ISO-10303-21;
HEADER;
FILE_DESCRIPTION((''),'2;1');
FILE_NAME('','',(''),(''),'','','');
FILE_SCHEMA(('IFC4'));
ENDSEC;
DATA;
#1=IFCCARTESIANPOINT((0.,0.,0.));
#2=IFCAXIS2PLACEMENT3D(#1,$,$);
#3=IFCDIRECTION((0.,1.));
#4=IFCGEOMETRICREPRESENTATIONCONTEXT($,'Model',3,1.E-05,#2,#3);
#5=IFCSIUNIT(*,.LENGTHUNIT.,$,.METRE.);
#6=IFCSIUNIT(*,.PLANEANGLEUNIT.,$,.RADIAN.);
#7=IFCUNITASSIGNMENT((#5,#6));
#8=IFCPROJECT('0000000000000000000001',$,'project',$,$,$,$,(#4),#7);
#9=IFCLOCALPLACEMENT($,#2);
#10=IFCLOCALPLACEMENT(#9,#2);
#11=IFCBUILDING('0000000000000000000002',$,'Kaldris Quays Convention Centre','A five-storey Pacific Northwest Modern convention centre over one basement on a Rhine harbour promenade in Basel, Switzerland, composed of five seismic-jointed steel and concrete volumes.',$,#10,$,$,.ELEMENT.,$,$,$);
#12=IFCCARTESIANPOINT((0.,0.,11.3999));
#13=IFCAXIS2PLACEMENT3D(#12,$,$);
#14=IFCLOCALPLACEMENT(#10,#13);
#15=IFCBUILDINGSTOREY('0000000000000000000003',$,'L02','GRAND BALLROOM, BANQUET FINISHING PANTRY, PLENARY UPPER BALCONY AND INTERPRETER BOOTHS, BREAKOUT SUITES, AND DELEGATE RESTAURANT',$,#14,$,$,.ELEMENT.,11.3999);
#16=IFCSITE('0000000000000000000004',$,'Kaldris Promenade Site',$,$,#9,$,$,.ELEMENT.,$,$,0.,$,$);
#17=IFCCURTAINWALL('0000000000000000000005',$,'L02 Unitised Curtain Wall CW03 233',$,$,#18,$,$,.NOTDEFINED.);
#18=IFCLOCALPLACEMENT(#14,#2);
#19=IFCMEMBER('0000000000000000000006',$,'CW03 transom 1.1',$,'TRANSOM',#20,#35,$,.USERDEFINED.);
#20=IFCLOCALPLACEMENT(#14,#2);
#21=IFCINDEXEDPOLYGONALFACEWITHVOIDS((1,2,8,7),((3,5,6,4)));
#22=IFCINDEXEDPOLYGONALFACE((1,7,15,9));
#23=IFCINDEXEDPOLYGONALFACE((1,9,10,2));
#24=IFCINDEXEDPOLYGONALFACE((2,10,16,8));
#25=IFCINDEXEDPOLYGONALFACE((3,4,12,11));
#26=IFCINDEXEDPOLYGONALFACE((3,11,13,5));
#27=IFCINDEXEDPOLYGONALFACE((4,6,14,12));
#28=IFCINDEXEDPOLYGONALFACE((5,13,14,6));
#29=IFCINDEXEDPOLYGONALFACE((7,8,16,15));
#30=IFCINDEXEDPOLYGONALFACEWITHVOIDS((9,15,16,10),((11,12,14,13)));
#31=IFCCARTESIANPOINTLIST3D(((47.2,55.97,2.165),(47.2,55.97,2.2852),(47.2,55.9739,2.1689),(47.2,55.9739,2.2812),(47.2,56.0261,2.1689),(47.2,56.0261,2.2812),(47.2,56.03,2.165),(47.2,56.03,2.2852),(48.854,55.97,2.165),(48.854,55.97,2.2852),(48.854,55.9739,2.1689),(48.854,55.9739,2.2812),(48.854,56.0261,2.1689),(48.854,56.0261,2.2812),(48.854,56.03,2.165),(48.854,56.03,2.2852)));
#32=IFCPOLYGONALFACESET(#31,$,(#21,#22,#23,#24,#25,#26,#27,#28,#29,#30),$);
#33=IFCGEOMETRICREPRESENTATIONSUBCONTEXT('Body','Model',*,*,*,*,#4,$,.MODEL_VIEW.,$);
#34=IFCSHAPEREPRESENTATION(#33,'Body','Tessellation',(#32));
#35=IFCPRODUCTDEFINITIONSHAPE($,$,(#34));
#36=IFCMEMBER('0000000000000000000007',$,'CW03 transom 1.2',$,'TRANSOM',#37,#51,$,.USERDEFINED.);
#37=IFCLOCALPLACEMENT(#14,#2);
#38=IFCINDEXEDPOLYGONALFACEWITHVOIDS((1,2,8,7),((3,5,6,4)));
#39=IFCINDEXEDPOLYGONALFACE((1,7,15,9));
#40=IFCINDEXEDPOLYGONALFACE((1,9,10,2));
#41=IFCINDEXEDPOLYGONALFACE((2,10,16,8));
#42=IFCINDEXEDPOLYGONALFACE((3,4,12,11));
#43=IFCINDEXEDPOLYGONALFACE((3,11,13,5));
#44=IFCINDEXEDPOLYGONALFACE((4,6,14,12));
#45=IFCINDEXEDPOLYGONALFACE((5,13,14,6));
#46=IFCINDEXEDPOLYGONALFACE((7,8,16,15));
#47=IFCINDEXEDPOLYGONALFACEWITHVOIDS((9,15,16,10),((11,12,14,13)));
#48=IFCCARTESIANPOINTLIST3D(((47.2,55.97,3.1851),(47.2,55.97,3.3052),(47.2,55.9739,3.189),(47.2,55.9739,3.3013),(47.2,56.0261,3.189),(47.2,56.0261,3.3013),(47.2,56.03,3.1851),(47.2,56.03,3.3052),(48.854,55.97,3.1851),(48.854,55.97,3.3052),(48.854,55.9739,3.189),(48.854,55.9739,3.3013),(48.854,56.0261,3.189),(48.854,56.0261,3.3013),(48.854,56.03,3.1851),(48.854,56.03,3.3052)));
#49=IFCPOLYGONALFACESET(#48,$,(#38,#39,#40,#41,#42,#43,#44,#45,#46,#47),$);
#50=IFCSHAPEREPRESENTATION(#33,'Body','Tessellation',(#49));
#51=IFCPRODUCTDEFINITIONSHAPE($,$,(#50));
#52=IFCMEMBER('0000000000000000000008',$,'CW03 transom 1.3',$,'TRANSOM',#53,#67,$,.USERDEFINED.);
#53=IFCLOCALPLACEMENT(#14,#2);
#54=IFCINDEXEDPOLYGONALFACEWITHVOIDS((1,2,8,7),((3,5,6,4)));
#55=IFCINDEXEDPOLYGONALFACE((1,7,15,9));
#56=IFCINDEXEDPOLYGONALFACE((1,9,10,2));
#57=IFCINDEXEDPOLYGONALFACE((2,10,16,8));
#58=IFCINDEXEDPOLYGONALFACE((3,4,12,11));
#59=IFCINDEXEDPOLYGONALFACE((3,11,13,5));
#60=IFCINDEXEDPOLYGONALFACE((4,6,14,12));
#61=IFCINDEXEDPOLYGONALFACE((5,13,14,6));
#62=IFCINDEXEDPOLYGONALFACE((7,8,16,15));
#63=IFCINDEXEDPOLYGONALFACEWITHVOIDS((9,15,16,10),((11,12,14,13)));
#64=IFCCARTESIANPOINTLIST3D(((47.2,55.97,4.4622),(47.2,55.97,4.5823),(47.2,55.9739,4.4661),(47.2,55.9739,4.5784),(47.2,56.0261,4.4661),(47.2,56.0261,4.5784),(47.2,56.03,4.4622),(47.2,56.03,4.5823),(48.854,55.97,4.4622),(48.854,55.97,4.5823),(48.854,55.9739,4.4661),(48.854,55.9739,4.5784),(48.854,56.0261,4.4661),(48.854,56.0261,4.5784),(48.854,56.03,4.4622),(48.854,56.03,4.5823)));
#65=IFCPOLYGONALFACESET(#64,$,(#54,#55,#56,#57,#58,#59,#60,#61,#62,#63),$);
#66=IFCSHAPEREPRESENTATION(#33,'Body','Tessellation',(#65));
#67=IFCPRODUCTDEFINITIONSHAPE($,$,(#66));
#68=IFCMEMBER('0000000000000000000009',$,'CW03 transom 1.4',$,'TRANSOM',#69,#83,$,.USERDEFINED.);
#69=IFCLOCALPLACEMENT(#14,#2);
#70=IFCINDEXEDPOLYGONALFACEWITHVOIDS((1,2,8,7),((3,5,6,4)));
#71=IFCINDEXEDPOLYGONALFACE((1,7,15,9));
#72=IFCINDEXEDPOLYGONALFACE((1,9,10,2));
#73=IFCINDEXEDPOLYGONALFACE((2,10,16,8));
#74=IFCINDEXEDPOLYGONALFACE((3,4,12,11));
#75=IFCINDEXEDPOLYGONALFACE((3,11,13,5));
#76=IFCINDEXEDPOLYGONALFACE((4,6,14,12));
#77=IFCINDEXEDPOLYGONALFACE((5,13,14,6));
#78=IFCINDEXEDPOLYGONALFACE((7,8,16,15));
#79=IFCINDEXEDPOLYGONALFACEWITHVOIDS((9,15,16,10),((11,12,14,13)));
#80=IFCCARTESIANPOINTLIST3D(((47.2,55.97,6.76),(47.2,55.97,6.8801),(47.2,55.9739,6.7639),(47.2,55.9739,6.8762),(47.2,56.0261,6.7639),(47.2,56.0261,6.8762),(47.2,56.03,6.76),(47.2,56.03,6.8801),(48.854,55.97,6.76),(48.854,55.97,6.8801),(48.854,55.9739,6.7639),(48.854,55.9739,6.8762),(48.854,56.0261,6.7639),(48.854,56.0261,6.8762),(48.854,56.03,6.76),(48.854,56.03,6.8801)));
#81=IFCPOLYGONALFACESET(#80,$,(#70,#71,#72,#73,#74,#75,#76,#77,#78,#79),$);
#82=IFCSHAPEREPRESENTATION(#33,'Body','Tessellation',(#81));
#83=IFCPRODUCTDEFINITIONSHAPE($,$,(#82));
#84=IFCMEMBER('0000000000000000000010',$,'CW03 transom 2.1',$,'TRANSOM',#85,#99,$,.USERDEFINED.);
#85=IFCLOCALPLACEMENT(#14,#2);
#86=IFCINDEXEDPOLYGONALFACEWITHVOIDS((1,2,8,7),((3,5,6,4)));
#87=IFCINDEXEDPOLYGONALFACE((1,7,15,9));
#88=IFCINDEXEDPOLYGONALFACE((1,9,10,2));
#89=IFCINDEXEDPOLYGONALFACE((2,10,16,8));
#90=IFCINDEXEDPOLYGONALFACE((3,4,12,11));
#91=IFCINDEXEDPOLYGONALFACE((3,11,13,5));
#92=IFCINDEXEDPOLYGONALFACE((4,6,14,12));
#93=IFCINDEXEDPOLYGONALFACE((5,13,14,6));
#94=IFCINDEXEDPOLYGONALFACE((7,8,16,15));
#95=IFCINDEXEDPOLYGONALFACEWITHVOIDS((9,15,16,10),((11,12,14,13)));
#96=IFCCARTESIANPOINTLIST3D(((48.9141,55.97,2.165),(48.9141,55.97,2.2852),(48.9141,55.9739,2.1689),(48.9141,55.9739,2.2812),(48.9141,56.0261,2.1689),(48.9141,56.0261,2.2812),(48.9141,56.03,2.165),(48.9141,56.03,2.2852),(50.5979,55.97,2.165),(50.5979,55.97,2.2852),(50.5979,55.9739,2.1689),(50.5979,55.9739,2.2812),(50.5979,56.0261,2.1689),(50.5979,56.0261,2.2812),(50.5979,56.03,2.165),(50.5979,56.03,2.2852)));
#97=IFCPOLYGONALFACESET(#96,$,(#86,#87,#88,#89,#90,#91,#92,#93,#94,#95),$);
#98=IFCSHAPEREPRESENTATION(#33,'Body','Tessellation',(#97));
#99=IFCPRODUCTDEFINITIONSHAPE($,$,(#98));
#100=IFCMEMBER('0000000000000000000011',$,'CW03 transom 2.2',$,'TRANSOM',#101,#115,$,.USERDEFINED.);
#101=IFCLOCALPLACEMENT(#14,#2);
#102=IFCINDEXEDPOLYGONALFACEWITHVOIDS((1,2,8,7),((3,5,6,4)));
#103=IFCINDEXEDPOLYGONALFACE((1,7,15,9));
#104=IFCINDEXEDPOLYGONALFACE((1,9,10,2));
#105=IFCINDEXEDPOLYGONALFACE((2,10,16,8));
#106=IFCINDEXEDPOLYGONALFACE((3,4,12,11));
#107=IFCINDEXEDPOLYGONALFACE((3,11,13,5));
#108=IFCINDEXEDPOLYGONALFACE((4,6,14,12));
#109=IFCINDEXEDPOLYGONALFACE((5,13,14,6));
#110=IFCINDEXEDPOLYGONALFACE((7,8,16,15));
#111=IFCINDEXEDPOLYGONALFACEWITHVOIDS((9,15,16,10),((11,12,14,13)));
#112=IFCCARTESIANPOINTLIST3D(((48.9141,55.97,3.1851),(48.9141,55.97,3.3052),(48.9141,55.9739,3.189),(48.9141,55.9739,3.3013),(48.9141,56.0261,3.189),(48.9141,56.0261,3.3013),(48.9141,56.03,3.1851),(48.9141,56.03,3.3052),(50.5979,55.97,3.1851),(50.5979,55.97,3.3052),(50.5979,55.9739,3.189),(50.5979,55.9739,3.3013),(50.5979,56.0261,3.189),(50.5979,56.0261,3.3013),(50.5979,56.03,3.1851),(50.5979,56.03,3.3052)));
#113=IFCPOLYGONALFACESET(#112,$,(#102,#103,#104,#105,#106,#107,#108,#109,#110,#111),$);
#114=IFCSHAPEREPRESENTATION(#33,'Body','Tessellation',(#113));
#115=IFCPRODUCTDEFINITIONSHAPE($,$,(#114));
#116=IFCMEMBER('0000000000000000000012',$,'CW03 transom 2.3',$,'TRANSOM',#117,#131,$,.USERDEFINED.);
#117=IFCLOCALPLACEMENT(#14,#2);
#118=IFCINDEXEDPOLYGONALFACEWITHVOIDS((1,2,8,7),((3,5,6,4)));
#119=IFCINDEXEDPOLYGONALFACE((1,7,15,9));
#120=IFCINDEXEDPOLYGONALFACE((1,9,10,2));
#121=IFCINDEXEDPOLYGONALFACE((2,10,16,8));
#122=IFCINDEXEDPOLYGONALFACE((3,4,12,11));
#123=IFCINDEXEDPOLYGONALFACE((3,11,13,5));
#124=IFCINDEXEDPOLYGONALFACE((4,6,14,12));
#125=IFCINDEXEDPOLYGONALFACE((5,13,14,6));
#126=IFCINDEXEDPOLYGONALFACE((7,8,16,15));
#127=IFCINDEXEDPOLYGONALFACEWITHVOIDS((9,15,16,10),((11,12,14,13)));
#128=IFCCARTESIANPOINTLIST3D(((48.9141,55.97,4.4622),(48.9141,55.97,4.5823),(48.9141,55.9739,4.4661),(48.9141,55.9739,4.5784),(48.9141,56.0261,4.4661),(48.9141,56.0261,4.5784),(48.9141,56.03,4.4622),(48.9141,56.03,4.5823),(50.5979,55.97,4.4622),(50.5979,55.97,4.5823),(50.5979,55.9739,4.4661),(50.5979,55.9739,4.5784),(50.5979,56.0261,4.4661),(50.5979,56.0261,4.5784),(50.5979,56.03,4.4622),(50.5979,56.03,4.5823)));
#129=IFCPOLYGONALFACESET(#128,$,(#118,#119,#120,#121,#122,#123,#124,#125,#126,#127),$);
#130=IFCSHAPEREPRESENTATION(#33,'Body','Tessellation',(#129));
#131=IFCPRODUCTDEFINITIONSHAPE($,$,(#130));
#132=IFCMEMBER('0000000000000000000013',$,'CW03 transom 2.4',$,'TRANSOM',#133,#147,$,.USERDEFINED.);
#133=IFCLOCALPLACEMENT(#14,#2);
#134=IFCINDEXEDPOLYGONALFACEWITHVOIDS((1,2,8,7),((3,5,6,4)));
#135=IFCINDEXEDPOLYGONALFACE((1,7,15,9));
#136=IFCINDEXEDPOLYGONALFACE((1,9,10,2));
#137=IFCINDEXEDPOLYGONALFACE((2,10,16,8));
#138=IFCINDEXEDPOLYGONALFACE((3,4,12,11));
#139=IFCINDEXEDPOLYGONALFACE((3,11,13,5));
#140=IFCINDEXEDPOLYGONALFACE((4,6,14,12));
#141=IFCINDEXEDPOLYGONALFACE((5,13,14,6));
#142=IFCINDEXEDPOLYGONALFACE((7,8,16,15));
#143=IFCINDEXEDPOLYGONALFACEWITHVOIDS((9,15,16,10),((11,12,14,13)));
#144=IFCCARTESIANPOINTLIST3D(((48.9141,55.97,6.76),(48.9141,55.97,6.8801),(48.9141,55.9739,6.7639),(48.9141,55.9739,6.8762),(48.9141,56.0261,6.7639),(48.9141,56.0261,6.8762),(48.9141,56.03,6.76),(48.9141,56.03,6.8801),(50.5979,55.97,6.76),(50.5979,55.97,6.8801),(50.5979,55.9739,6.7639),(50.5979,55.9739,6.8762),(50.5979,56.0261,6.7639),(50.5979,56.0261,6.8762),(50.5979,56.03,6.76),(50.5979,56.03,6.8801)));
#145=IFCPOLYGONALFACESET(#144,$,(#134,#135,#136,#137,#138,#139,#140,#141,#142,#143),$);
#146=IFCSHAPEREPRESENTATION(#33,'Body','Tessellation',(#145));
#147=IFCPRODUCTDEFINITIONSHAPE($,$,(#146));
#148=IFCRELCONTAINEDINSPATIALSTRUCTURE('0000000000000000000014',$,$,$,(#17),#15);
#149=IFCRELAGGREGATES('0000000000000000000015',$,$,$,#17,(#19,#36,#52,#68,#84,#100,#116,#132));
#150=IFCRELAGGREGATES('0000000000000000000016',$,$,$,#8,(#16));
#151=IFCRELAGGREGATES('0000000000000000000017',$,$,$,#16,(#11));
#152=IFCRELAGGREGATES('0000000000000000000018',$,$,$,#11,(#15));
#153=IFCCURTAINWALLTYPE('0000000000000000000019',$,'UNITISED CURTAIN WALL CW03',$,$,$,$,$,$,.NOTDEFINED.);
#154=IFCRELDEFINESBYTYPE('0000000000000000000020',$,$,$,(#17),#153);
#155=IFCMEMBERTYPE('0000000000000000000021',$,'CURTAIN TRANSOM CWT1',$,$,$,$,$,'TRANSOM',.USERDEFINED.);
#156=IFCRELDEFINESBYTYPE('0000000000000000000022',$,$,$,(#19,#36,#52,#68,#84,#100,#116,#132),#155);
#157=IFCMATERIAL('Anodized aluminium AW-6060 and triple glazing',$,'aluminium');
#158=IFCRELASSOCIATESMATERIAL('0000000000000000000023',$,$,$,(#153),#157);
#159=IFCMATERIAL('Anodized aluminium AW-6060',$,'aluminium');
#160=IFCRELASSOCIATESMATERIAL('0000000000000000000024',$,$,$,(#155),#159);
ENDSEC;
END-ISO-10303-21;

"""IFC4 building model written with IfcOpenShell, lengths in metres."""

from ifc_helpers import new_model, si_unit, direction, frame, origin, origin_2d, place, context, subcontext, project, spatial, hollow_rectangle, extrude, material, material_profile, profile_set, type_object, element, aggregate, save


model = new_model("IFC4")

# Units and contexts
model_context = context("Model", 3, precision=1e-05, world=origin(), true_north=direction((0.0, 1.0)))
body_context = subcontext(model_context, "Body", "Model", "MODEL_VIEW")
ifc_project = project(units=[si_unit("LENGTHUNIT", "METRE"), si_unit("PLANEANGLEUNIT", "RADIAN")], contexts=[model_context])

# Site, building, storey
site_placement = place(None, origin())
site = spatial("IfcSite", under=ifc_project, at=site_placement, Name="Kaldris Promenade Site", CompositionType="ELEMENT", RefElevation=0.0)
building_placement = place(site_placement, origin())
building = spatial("IfcBuilding", under=site, at=building_placement, Name="Kaldris Quays Convention Centre", Description="A five-storey Pacific Northwest Modern convention centre over one basement on a Rhine harbour promenade in Basel, Switzerland, composed of five seismic-jointed steel and concrete volumes.", CompositionType="ELEMENT")
storey_placement = place(building_placement, frame((0.0, 0.0, 11.3999)))
storey = spatial("IfcBuildingStorey", under=building, at=storey_placement, Name="L02", Description="GRAND BALLROOM, BANQUET FINISHING PANTRY, PLENARY UPPER BALCONY AND INTERPRETER BOOTHS, BREAKOUT SUITES, AND DELEGATE RESTAURANT", CompositionType="ELEMENT", Elevation=11.3999)

# Curtain wall
ifc_material_1 = material(Name="Anodized aluminium AW-6060 and triple glazing", Category="aluminium")
curtain_wall_type = type_object("IfcCurtainWallType", Name="UNITISED CURTAIN WALL CW03", PredefinedType="NOTDEFINED", material=ifc_material_1)
ifc_material_2 = material(Name="Anodized aluminium AW-6060", Category="aluminium")
curtain_wall_1_placement = place(storey_placement, origin())
curtain_wall_1 = element("IfcCurtainWall", 1, at=curtain_wall_1_placement, inside=storey, type_object=curtain_wall_type, Name="L02 Unitised Curtain Wall CW03 233", PredefinedType="NOTDEFINED")

# Members
ifc_material_profile_1 = material_profile(ifc_material_2, hollow_rectangle(XDim=0.0601, YDim=0.1201, WallThickness=0.0039, at=origin_2d()), Name="RHS 120x60x4")
ifc_profile_set_1 = profile_set([ifc_material_profile_1], Name="Anodized aluminium AW-6060")
member_type_1 = type_object("IfcMemberType", Name="CURTAIN TRANSOM CWT1", ElementType="TRANSOM", PredefinedType="USERDEFINED", material=ifc_profile_set_1)
member_1_placement = place(storey_placement, frame((47.2, 56.0, 2.2251), z_axis=(1.0, 0.0, 0.0), x_axis=(0.0, 1.0, 0.0)))
member_1 = element("IfcMember", 2, at=member_1_placement, type_object=member_type_1, Name="CW03 transom 1.1", ObjectType="TRANSOM", PredefinedType="USERDEFINED", context=body_context, shape_type="SweptSolid", body=[
    extrude(hollow_rectangle(XDim=0.0601, YDim=0.1201, WallThickness=0.0039, at=origin_2d()), origin(), (0.0, 0.0, 1.0), 1.6541),
])
member_2_placement = place(storey_placement, frame((47.2, 56.0, 3.2451), z_axis=(1.0, 0.0, 0.0), x_axis=(0.0, 1.0, 0.0)))
member_2 = element("IfcMember", 3, at=member_2_placement, type_object=member_type_1, Name="CW03 transom 1.2", ObjectType="TRANSOM", PredefinedType="USERDEFINED", context=body_context, shape_type="SweptSolid", body=[
    extrude(hollow_rectangle(XDim=0.0601, YDim=0.1201, WallThickness=0.0039, at=origin_2d()), origin(), (0.0, 0.0, 1.0), 1.6541),
])
member_3_placement = place(storey_placement, frame((47.2, 56.0, 4.5222), z_axis=(1.0, 0.0, 0.0), x_axis=(0.0, 1.0, 0.0)))
member_3 = element("IfcMember", 4, at=member_3_placement, type_object=member_type_1, Name="CW03 transom 1.3", ObjectType="TRANSOM", PredefinedType="USERDEFINED", context=body_context, shape_type="SweptSolid", body=[
    extrude(hollow_rectangle(XDim=0.0601, YDim=0.1201, WallThickness=0.0039, at=origin_2d()), origin(), (0.0, 0.0, 1.0), 1.6541),
])
member_4_placement = place(storey_placement, frame((47.2, 56.0, 6.8201), z_axis=(1.0, 0.0, 0.0), x_axis=(0.0, 1.0, 0.0)))
member_4 = element("IfcMember", 5, at=member_4_placement, type_object=member_type_1, Name="CW03 transom 1.4", ObjectType="TRANSOM", PredefinedType="USERDEFINED", context=body_context, shape_type="SweptSolid", body=[
    extrude(hollow_rectangle(XDim=0.0601, YDim=0.1201, WallThickness=0.0039, at=origin_2d()), origin(), (0.0, 0.0, 1.0), 1.6541),
])
member_5_placement = place(storey_placement, frame((48.9141, 56.0, 2.2251), z_axis=(1.0, 0.0, 0.0), x_axis=(0.0, 1.0, 0.0)))
member_5 = element("IfcMember", 6, at=member_5_placement, type_object=member_type_1, Name="CW03 transom 2.1", ObjectType="TRANSOM", PredefinedType="USERDEFINED", context=body_context, shape_type="SweptSolid", body=[
    extrude(hollow_rectangle(XDim=0.0601, YDim=0.1201, WallThickness=0.0039, at=origin_2d()), origin(), (0.0, 0.0, 1.0), 1.6838),
])
member_6_placement = place(storey_placement, frame((48.9141, 56.0, 3.2451), z_axis=(1.0, 0.0, 0.0), x_axis=(0.0, 1.0, 0.0)))
member_6 = element("IfcMember", 7, at=member_6_placement, type_object=member_type_1, Name="CW03 transom 2.2", ObjectType="TRANSOM", PredefinedType="USERDEFINED", context=body_context, shape_type="SweptSolid", body=[
    extrude(hollow_rectangle(XDim=0.0601, YDim=0.1201, WallThickness=0.0039, at=origin_2d()), origin(), (0.0, 0.0, 1.0), 1.6838),
])
member_7_placement = place(storey_placement, frame((48.9141, 56.0, 4.5222), z_axis=(1.0, 0.0, 0.0), x_axis=(0.0, 1.0, 0.0)))
member_7 = element("IfcMember", 8, at=member_7_placement, type_object=member_type_1, Name="CW03 transom 2.3", ObjectType="TRANSOM", PredefinedType="USERDEFINED", context=body_context, shape_type="SweptSolid", body=[
    extrude(hollow_rectangle(XDim=0.0601, YDim=0.1201, WallThickness=0.0039, at=origin_2d()), origin(), (0.0, 0.0, 1.0), 1.6838),
])
member_8_placement = place(storey_placement, frame((48.9141, 56.0, 6.8201), z_axis=(1.0, 0.0, 0.0), x_axis=(0.0, 1.0, 0.0)))
member_8 = element("IfcMember", 9, at=member_8_placement, type_object=member_type_1, Name="CW03 transom 2.4", ObjectType="TRANSOM", PredefinedType="USERDEFINED", context=body_context, shape_type="SweptSolid", body=[
    extrude(hollow_rectangle(XDim=0.0601, YDim=0.1201, WallThickness=0.0039, at=origin_2d()), origin(), (0.0, 0.0, 1.0), 1.6838),
])

aggregate(curtain_wall_1, [member_1, member_2, member_3, member_4, member_5, member_6, member_7, member_8])

save(model, "model.ifc")
